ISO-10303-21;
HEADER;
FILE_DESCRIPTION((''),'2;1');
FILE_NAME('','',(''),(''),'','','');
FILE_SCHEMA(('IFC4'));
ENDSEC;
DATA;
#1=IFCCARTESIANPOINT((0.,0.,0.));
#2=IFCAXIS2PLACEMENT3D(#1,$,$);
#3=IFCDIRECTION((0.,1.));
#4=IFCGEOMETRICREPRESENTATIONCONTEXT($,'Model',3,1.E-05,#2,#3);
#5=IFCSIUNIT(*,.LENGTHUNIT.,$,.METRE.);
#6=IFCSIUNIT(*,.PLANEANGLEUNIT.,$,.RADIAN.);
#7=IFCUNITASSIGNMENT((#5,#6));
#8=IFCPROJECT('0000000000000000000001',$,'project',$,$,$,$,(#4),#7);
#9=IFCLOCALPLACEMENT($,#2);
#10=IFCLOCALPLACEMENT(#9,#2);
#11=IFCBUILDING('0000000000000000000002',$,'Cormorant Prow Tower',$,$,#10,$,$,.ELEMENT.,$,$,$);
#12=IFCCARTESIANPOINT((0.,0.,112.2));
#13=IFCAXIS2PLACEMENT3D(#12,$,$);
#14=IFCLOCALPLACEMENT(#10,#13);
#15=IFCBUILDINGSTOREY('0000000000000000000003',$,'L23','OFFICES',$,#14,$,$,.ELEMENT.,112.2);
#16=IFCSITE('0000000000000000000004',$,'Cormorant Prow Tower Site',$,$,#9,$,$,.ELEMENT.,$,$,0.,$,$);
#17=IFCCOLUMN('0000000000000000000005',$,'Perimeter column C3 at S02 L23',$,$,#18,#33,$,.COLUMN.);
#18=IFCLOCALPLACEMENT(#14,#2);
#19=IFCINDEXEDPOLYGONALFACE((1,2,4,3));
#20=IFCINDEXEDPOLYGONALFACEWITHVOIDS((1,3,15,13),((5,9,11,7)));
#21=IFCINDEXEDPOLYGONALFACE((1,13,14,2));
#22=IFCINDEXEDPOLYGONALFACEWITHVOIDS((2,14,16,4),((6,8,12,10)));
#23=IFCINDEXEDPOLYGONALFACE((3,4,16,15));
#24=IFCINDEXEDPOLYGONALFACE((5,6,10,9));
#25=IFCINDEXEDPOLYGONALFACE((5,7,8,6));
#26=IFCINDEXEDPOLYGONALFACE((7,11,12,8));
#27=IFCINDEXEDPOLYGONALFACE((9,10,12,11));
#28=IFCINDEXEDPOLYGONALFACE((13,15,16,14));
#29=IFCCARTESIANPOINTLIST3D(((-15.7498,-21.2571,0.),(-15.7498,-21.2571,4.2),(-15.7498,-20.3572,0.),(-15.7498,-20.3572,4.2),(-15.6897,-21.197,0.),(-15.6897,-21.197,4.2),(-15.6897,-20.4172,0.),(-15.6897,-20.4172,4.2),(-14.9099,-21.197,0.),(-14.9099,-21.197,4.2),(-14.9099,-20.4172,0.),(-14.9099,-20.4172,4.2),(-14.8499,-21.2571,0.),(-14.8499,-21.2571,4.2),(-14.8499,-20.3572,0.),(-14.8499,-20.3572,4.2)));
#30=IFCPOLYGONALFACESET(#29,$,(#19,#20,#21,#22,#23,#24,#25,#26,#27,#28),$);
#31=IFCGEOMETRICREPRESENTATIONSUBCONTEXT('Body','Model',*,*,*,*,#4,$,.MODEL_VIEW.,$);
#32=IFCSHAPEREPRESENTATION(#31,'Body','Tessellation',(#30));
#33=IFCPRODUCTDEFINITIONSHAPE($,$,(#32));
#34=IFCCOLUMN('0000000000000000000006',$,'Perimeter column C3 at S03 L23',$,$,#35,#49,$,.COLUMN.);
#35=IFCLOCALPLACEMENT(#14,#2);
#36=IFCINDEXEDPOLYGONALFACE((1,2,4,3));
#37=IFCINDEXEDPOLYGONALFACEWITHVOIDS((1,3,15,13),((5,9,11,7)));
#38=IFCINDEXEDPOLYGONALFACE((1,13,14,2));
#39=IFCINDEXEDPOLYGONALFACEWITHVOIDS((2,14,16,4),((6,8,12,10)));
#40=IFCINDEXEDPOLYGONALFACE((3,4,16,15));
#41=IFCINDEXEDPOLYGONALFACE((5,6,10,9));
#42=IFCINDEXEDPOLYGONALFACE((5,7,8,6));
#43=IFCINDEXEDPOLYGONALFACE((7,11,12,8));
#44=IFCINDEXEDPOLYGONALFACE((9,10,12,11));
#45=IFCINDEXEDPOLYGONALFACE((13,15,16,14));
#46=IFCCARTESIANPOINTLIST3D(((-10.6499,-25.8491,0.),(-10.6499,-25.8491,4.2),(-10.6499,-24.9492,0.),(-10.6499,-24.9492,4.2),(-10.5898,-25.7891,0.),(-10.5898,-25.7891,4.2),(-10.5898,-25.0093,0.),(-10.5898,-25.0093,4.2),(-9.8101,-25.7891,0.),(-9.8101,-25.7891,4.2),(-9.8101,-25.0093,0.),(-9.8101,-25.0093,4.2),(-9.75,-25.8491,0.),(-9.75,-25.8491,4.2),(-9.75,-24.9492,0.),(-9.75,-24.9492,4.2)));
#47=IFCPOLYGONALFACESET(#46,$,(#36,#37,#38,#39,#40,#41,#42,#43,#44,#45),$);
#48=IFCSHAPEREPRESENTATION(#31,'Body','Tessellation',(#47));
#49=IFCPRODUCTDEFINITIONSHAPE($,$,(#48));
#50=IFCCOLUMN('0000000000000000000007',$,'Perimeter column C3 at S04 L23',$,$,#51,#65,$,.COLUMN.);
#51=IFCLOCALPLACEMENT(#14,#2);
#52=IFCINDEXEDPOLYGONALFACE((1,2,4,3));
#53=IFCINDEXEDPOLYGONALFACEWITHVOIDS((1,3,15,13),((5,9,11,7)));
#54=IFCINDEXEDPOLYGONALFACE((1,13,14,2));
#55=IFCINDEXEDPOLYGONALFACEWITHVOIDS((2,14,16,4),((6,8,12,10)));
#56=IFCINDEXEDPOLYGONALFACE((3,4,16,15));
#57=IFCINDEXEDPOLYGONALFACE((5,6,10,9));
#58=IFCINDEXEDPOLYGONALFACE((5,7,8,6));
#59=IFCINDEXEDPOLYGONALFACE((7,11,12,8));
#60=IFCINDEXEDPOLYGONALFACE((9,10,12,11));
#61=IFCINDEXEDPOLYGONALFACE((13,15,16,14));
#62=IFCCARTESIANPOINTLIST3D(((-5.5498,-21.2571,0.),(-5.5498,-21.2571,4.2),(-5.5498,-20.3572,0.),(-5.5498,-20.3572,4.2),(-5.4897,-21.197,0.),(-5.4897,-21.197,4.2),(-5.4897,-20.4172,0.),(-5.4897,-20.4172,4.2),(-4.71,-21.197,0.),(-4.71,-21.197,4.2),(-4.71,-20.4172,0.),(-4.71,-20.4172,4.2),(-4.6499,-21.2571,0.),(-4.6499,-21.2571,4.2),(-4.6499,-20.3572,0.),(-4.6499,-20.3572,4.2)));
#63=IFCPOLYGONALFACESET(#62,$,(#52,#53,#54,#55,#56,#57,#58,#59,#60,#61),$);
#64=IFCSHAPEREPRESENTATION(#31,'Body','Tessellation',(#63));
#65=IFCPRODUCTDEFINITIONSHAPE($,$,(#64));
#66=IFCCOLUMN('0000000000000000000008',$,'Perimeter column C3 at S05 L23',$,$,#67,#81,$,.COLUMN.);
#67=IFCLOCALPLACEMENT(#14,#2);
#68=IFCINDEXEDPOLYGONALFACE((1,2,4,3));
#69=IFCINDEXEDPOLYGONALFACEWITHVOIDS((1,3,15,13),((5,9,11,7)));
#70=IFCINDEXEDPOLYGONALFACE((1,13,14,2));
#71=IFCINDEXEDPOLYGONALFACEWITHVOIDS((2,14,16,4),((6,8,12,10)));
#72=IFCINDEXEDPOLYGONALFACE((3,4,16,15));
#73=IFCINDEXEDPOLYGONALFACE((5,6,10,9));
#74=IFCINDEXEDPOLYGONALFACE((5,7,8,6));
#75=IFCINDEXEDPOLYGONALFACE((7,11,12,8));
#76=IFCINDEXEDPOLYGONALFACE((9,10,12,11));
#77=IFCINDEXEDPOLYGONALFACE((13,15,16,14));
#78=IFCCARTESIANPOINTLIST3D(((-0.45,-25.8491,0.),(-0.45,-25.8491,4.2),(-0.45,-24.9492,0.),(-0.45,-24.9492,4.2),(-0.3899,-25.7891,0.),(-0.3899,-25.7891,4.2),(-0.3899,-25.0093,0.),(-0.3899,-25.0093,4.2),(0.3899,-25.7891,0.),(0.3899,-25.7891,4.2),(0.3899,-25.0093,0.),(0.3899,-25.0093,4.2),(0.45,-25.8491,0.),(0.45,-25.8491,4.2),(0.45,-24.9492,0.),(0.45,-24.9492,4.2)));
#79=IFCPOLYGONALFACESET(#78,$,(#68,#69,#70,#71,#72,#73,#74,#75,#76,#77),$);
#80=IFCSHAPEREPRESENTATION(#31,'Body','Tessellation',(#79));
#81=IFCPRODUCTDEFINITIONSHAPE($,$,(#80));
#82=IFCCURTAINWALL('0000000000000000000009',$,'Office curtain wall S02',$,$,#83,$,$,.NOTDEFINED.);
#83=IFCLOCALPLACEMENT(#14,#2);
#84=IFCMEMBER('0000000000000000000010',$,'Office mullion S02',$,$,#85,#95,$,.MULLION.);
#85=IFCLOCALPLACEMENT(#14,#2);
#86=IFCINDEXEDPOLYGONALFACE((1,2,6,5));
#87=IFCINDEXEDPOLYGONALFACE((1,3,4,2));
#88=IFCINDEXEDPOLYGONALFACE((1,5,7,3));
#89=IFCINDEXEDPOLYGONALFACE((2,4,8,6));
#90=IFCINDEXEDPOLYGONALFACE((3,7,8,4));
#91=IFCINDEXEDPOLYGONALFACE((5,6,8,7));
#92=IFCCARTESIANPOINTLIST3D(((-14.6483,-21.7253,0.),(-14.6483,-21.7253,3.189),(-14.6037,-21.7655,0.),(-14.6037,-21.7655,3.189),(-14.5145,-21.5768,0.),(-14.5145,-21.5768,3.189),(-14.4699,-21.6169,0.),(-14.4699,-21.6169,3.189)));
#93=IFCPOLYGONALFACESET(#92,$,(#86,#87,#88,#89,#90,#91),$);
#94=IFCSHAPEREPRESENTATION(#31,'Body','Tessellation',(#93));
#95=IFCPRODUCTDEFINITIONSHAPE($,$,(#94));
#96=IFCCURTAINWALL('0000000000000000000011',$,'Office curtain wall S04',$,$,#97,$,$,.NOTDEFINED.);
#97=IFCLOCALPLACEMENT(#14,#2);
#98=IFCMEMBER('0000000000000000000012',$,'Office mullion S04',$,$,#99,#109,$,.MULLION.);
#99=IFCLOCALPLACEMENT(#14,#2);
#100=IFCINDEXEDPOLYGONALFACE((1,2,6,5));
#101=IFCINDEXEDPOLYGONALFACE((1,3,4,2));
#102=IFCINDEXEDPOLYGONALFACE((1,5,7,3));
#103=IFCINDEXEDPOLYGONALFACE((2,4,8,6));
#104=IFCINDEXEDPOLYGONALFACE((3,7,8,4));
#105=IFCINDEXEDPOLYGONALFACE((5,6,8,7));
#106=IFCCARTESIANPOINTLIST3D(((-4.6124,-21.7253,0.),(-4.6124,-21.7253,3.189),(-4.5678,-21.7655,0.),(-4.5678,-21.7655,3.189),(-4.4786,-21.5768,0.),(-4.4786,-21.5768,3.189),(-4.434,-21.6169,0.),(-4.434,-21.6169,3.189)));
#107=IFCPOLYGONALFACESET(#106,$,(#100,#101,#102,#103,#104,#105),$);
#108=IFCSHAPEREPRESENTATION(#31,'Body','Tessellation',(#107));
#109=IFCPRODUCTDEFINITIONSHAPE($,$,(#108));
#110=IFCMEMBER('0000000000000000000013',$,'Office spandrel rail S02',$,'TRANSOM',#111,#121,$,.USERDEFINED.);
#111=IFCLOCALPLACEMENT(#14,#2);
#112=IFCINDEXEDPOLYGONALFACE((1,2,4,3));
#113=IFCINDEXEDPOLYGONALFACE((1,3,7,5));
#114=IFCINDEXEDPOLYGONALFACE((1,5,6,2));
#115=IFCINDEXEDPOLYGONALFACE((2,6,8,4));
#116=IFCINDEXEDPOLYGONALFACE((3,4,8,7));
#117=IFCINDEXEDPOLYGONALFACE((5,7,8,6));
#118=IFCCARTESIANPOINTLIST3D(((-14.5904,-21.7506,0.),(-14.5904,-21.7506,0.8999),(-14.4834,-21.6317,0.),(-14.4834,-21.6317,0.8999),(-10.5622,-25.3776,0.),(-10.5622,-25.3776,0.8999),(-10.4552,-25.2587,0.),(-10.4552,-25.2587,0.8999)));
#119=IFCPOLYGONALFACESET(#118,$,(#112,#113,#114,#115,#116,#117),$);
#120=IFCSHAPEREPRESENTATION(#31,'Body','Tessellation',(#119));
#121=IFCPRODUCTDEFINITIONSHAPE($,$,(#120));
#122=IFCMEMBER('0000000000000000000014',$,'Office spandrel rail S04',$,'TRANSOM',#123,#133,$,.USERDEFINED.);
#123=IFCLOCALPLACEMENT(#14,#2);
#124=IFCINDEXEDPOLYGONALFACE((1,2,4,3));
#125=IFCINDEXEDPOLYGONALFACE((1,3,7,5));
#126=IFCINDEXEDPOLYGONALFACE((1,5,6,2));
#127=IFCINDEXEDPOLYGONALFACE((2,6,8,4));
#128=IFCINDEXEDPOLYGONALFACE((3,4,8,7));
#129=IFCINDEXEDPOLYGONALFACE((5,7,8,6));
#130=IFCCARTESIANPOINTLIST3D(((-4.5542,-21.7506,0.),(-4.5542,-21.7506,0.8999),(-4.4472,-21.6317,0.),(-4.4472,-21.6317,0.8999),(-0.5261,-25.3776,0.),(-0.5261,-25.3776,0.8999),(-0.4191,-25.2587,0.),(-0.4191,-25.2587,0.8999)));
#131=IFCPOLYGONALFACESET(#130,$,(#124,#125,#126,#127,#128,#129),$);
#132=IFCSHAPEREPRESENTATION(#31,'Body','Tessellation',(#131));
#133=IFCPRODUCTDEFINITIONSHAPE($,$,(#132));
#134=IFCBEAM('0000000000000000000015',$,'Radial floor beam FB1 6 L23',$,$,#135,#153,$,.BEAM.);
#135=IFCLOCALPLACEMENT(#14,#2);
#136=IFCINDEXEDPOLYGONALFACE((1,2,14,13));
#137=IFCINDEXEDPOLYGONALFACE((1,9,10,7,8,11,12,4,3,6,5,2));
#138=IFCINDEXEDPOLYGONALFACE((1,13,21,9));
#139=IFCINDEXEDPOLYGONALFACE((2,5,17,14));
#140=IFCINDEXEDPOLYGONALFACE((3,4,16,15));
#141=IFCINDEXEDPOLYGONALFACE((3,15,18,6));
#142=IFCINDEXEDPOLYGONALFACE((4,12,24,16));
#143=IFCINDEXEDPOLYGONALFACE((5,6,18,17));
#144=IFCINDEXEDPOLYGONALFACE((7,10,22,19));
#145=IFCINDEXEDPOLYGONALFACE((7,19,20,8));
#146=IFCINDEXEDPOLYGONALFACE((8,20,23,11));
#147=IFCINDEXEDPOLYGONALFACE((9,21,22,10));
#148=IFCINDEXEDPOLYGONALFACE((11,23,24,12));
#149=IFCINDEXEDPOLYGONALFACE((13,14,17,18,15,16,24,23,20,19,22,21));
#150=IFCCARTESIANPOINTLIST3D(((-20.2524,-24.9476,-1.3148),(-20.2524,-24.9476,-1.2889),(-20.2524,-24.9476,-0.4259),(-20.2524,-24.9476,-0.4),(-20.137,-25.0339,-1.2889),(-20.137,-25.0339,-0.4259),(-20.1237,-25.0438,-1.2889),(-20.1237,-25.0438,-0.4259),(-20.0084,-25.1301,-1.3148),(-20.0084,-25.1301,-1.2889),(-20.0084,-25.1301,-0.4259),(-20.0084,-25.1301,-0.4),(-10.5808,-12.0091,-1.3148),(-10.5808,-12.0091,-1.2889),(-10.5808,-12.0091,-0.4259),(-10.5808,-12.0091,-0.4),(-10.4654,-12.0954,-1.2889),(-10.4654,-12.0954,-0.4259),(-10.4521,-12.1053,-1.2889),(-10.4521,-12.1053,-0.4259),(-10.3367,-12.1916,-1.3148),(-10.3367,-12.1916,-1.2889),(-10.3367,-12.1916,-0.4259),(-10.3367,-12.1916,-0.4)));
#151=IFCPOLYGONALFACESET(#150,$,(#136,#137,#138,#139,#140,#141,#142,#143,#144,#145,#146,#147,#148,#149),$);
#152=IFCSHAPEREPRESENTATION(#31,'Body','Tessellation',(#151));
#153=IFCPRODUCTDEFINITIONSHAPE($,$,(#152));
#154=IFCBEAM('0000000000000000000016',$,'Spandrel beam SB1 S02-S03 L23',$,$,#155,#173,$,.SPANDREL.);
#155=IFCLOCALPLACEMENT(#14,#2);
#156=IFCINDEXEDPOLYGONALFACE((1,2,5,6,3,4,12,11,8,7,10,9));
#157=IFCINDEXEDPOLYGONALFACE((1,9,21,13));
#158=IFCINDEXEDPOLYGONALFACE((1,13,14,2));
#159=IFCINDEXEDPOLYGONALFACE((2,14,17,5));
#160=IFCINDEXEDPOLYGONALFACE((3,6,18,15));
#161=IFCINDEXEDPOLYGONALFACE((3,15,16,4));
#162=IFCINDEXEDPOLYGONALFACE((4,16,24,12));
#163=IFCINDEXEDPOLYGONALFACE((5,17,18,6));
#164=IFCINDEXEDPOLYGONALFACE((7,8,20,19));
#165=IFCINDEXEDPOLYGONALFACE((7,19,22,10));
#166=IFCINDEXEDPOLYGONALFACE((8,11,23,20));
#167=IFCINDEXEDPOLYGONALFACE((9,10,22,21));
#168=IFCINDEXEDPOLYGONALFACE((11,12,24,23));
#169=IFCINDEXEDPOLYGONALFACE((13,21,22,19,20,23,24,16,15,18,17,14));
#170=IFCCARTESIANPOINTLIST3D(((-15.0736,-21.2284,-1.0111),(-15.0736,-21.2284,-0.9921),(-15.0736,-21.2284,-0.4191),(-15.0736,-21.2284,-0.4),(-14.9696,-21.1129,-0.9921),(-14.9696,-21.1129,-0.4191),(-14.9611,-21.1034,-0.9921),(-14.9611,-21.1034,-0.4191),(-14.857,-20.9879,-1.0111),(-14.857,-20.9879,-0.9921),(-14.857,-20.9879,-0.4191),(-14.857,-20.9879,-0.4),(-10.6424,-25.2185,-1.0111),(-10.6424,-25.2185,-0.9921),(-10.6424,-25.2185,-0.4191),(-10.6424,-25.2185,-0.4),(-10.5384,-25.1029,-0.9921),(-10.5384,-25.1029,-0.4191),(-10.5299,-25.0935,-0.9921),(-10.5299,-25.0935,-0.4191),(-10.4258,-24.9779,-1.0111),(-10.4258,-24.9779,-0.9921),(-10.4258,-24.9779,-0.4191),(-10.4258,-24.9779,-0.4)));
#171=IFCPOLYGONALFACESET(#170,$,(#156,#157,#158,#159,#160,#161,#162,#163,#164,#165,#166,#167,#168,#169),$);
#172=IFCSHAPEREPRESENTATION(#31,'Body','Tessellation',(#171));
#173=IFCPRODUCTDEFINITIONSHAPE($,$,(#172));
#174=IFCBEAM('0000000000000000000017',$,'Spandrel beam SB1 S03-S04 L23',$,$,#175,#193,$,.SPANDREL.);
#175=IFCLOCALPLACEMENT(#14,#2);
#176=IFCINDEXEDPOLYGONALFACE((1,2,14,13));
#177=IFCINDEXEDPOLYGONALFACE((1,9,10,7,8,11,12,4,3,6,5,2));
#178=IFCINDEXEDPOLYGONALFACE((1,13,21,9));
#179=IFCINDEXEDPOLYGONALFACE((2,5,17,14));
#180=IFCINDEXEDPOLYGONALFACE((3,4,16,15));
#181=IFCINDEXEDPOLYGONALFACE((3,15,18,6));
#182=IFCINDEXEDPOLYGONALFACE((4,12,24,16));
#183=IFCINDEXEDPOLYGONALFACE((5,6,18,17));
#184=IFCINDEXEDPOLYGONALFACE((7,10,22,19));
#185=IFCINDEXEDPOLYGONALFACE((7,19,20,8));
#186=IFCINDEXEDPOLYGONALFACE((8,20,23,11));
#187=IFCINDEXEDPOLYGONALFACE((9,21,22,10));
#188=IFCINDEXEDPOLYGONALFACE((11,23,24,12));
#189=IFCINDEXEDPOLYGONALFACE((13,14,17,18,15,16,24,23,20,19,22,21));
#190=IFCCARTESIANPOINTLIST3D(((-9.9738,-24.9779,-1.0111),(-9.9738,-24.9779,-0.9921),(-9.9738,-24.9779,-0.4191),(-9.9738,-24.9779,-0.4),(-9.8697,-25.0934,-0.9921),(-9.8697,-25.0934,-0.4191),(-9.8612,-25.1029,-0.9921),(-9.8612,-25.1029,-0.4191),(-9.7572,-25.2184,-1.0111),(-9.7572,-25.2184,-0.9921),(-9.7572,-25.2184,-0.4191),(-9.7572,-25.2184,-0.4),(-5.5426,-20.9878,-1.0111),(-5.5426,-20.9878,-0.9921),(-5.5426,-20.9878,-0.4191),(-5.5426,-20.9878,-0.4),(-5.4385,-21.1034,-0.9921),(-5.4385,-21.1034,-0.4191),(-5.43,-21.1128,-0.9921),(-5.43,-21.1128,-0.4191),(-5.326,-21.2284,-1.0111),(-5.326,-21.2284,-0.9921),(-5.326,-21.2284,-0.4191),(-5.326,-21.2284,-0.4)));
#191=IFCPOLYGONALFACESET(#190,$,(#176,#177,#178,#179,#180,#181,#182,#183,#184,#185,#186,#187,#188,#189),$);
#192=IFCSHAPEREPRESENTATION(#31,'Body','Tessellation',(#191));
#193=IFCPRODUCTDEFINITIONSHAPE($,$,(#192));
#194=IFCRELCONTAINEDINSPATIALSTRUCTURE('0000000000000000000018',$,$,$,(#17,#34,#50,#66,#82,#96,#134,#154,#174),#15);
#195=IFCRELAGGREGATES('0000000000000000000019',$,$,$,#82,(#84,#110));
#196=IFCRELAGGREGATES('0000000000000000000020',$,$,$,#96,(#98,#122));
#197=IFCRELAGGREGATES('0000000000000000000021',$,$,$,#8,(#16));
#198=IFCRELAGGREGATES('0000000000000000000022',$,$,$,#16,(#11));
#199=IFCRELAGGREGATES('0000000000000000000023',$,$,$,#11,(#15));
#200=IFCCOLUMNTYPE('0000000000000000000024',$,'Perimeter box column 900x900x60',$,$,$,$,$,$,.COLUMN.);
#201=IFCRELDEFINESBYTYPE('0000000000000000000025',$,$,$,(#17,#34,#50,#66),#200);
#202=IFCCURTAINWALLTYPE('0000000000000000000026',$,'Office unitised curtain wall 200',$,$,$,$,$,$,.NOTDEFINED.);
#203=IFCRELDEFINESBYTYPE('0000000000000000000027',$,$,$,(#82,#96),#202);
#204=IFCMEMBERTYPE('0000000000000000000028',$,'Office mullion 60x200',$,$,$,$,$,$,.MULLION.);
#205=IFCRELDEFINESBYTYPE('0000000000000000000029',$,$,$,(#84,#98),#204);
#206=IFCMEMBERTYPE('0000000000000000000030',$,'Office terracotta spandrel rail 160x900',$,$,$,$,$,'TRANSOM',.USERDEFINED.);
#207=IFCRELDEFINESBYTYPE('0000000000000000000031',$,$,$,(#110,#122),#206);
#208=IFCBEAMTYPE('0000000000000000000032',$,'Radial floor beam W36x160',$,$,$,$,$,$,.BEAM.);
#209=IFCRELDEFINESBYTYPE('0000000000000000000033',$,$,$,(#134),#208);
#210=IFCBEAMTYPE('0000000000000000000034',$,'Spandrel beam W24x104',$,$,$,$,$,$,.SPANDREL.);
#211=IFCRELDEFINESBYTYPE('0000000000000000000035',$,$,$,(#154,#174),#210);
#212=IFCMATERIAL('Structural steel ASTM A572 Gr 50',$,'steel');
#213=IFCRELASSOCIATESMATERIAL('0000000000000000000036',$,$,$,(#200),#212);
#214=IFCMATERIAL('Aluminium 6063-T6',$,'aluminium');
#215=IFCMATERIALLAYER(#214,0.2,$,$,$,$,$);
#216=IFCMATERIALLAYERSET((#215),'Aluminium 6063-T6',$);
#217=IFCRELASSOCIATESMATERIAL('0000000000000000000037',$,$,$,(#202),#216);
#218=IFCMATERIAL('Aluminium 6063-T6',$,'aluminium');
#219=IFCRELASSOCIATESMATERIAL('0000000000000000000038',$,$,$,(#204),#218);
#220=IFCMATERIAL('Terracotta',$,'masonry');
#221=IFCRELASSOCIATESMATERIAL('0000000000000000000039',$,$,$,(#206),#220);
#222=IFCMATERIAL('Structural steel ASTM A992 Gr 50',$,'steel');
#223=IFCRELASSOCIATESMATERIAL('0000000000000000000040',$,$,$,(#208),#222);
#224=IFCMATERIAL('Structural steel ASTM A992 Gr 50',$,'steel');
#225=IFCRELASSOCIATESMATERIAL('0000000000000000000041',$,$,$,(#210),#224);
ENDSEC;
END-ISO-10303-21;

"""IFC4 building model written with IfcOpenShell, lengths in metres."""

from ifc_helpers import new_model, si_unit, direction, frame, origin, origin_2d, place, context, subcontext, project, spatial, rectangle, hollow_rectangle, i_section, extrude, material, layer, layer_set, material_profile, profile_set, type_object, element, aggregate, save


model = new_model("IFC4")

# Units and contexts
model_context = context("Model", 3, precision=1e-05, world=origin(), true_north=direction((0.0, 1.0)))
body_context = subcontext(model_context, "Body", "Model", "MODEL_VIEW")
ifc_project = project(units=[si_unit("LENGTHUNIT", "METRE"), si_unit("PLANEANGLEUNIT", "RADIAN")], contexts=[model_context])

# Site, building, storey
site_placement = place(None, origin())
site = spatial("IfcSite", under=ifc_project, at=site_placement, Name="Cormorant Prow Tower Site", CompositionType="ELEMENT", RefElevation=0.0)
building_placement = place(site_placement, origin())
building = spatial("IfcBuilding", under=site, at=building_placement, Name="Cormorant Prow Tower", CompositionType="ELEMENT")
storey_placement = place(building_placement, frame((0.0, 0.0, 112.2)))
storey = spatial("IfcBuildingStorey", under=building, at=storey_placement, Name="L23", Description="OFFICES", CompositionType="ELEMENT", Elevation=112.2)

# Columns
ifc_material_1 = material(Name="Structural steel ASTM A572 Gr 50", Category="steel")
ifc_material_profile_1 = material_profile(ifc_material_1, hollow_rectangle(XDim=0.8999, YDim=0.8999, WallThickness=0.0601, at=origin_2d()), Name="Box 900x900x60")
ifc_profile_set_1 = profile_set([ifc_material_profile_1], Name="Structural steel ASTM A572 Gr 50")
column_type = type_object("IfcColumnType", Name="Perimeter box column 900x900x60", PredefinedType="COLUMN", material=ifc_profile_set_1)
for number, where, z_axis, x_axis, name in (
    (1, (-15.2998, -20.8071, 0.0), (0.0, 0.0, 1.0), (1.0, 0.0, 0.0), "Perimeter column C3 at S02 L23"),
    (2, (-10.2, -25.3992, 0.0), (0.0, 0.0, 1.0), (1.0, 0.0, 0.0), "Perimeter column C3 at S03 L23"),
    (3, (-5.0999, -20.8071, 0.0), (0.0, 0.0, 1.0), (1.0, 0.0, 0.0), "Perimeter column C3 at S04 L23"),
    (4, (0.0, -25.3992, 0.0), (0.0, 0.0, 1.0), (1.0, 0.0, 0.0), "Perimeter column C3 at S05 L23"),
):
    element("IfcColumn", number, at=place(storey_placement, frame(where, z_axis=z_axis, x_axis=x_axis)), inside=storey, type_object=column_type, Name=name, PredefinedType="COLUMN", context=body_context, shape_type="SweptSolid", body=[
        extrude(hollow_rectangle(XDim=0.8999, YDim=0.8999, WallThickness=0.0601, at=origin_2d()), origin(), (0.0, 0.0, 1.0), 4.2),
    ])

# Curtain walls, members
ifc_material_2 = material(Name="Aluminium 6063-T6", Category="aluminium")
ifc_layer_1 = layer(ifc_material_2, 0.2)
ifc_layer_set_1 = layer_set([ifc_layer_1], Name="Aluminium 6063-T6")
curtain_wall_type = type_object("IfcCurtainWallType", Name="Office unitised curtain wall 200", PredefinedType="NOTDEFINED", material=ifc_layer_set_1)
curtain_wall_1_placement = place(storey_placement, origin())
curtain_wall_1 = element("IfcCurtainWall", 5, at=curtain_wall_1_placement, inside=storey, type_object=curtain_wall_type, Name="Office curtain wall S02", PredefinedType="NOTDEFINED")
ifc_material_3 = material(Name="Aluminium 6063-T6", Category="aluminium")
ifc_material_profile_2 = material_profile(ifc_material_3, rectangle(XDim=0.2, YDim=0.0601, at=origin_2d()), Name="Office mullion 60x200")
ifc_profile_set_2 = profile_set([ifc_material_profile_2], Name="Aluminium 6063-T6")
member_type_1 = type_object("IfcMemberType", Name="Office mullion 60x200", PredefinedType="MULLION", material=ifc_profile_set_2)
member_1_placement = place(storey_placement, frame((-14.5591, -21.6711, 0.0), z_axis=(0.0, 0.0, 1.0), x_axis=(0.669131, 0.743145, 0.0)))
member_1 = element("IfcMember", 6, at=member_1_placement, type_object=member_type_1, Name="Office mullion S02", PredefinedType="MULLION", context=body_context, shape_type="SweptSolid", body=[
    extrude(rectangle(XDim=0.2, YDim=0.0601, at=origin_2d()), origin(), (0.0, 0.0, 1.0), 3.189),
])
curtain_wall_2_placement = place(storey_placement, origin())
curtain_wall_2 = element("IfcCurtainWall", 7, at=curtain_wall_2_placement, inside=storey, type_object=curtain_wall_type, Name="Office curtain wall S04", PredefinedType="NOTDEFINED")
member_2_placement = place(storey_placement, frame((-4.5232, -21.6711, 0.0), z_axis=(0.0, 0.0, 1.0), x_axis=(0.669131, 0.743145, 0.0)))
member_2 = element("IfcMember", 8, at=member_2_placement, type_object=member_type_1, Name="Office mullion S04", PredefinedType="MULLION", context=body_context, shape_type="SweptSolid", body=[
    extrude(rectangle(XDim=0.2, YDim=0.0601, at=origin_2d()), origin(), (0.0, 0.0, 1.0), 3.189),
])

# Members
ifc_material_4 = material(Name="Terracotta", Category="masonry")
ifc_material_profile_3 = material_profile(ifc_material_4, rectangle(XDim=0.1599, YDim=0.8999, at=origin_2d()), Name="Office terracotta spandrel rail 160x900")
ifc_profile_set_3 = profile_set([ifc_material_profile_3], Name="Terracotta")
member_type_2 = type_object("IfcMemberType", Name="Office terracotta spandrel rail 160x900", ElementType="TRANSOM", PredefinedType="USERDEFINED", material=ifc_profile_set_3)
member_3_placement = place(storey_placement, frame((-14.5369, -21.6912, 0.45), z_axis=(0.74314, -0.669136, 0.0), x_axis=(0.669136, 0.74314, 0.0)))
member_3 = element("IfcMember", 9, at=member_3_placement, type_object=member_type_2, Name="Office spandrel rail S02", ObjectType="TRANSOM", PredefinedType="USERDEFINED", context=body_context, shape_type="SweptSolid", body=[
    extrude(rectangle(XDim=0.1599, YDim=0.8999, at=origin_2d()), origin(), (0.0, 0.0, 1.0), 5.4204),
])
member_4_placement = place(storey_placement, frame((-4.5007, -21.6912, 0.45), z_axis=(0.74314, -0.669136, 0.0), x_axis=(0.669136, 0.74314, 0.0)))
member_4 = element("IfcMember", 10, at=member_4_placement, type_object=member_type_2, Name="Office spandrel rail S04", ObjectType="TRANSOM", PredefinedType="USERDEFINED", context=body_context, shape_type="SweptSolid", body=[
    extrude(rectangle(XDim=0.1599, YDim=0.8999, at=origin_2d()), origin(), (0.0, 0.0, 1.0), 5.4204),
])

# Beams
ifc_material_5 = material(Name="Structural steel ASTM A992 Gr 50", Category="steel")
ifc_material_profile_4 = material_profile(ifc_material_5, i_section(OverallWidth=0.3047, OverallDepth=0.9148, WebThickness=0.0166, FlangeThickness=0.0259, at=origin_2d()), Name="W36x160")
ifc_profile_set_4 = profile_set([ifc_material_profile_4], Name="Structural steel ASTM A992 Gr 50")
beam_type_1 = type_object("IfcBeamType", Name="Radial floor beam W36x160", PredefinedType="BEAM", material=ifc_profile_set_4)
beam_placement = place(storey_placement, frame((-10.4587, -12.1003, -0.8574), z_axis=(-0.598722, -0.800957, 0.0), x_axis=(0.800957, -0.598722, 0.0)))
element("IfcBeam", 11, at=beam_placement, inside=storey, type_object=beam_type_1, Name="Radial floor beam FB1 6 L23", PredefinedType="BEAM", context=body_context, shape_type="SweptSolid", body=[
    extrude(i_section(OverallWidth=0.3047, OverallDepth=0.9148, WebThickness=0.0166, FlangeThickness=0.0259, at=origin_2d()), origin(), (0.0, 0.0, 1.0), 16.1538),
])
ifc_material_6 = material(Name="Structural steel ASTM A992 Gr 50", Category="steel")
ifc_material_profile_5 = material_profile(ifc_material_6, i_section(OverallWidth=0.3237, OverallDepth=0.6111, WebThickness=0.0127, FlangeThickness=0.019, at=origin_2d()), Name="W24x104")
ifc_profile_set_5 = profile_set([ifc_material_profile_5], Name="Structural steel ASTM A992 Gr 50")
beam_type_2 = type_object("IfcBeamType", Name="Spandrel beam W24x104", PredefinedType="SPANDREL", material=ifc_profile_set_5)
for number, where, z_axis, x_axis, name in (
    (12, (-14.9653, -21.1082, -0.7056), (0.743131, -0.669146, 0.0), (0.669146, 0.743131, 0.0), "Spandrel beam SB1 S02-S03 L23"),
    (13, (-9.8655, -25.0981, -0.7056), (0.743131, 0.669146, 0.0), (-0.669146, 0.743131, 0.0), "Spandrel beam SB1 S03-S04 L23"),
):
    element("IfcBeam", number, at=place(storey_placement, frame(where, z_axis=z_axis, x_axis=x_axis)), inside=storey, type_object=beam_type_2, Name=name, PredefinedType="SPANDREL", context=body_context, shape_type="SweptSolid", body=[
        extrude(i_section(OverallWidth=0.3237, OverallDepth=0.6111, WebThickness=0.0127, FlangeThickness=0.019, at=origin_2d()), origin(), (0.0, 0.0, 1.0), 5.9629),
    ])

aggregate(curtain_wall_1, [member_1, member_3])
aggregate(curtain_wall_2, [member_2, member_4])

save(model, "model.ifc")
